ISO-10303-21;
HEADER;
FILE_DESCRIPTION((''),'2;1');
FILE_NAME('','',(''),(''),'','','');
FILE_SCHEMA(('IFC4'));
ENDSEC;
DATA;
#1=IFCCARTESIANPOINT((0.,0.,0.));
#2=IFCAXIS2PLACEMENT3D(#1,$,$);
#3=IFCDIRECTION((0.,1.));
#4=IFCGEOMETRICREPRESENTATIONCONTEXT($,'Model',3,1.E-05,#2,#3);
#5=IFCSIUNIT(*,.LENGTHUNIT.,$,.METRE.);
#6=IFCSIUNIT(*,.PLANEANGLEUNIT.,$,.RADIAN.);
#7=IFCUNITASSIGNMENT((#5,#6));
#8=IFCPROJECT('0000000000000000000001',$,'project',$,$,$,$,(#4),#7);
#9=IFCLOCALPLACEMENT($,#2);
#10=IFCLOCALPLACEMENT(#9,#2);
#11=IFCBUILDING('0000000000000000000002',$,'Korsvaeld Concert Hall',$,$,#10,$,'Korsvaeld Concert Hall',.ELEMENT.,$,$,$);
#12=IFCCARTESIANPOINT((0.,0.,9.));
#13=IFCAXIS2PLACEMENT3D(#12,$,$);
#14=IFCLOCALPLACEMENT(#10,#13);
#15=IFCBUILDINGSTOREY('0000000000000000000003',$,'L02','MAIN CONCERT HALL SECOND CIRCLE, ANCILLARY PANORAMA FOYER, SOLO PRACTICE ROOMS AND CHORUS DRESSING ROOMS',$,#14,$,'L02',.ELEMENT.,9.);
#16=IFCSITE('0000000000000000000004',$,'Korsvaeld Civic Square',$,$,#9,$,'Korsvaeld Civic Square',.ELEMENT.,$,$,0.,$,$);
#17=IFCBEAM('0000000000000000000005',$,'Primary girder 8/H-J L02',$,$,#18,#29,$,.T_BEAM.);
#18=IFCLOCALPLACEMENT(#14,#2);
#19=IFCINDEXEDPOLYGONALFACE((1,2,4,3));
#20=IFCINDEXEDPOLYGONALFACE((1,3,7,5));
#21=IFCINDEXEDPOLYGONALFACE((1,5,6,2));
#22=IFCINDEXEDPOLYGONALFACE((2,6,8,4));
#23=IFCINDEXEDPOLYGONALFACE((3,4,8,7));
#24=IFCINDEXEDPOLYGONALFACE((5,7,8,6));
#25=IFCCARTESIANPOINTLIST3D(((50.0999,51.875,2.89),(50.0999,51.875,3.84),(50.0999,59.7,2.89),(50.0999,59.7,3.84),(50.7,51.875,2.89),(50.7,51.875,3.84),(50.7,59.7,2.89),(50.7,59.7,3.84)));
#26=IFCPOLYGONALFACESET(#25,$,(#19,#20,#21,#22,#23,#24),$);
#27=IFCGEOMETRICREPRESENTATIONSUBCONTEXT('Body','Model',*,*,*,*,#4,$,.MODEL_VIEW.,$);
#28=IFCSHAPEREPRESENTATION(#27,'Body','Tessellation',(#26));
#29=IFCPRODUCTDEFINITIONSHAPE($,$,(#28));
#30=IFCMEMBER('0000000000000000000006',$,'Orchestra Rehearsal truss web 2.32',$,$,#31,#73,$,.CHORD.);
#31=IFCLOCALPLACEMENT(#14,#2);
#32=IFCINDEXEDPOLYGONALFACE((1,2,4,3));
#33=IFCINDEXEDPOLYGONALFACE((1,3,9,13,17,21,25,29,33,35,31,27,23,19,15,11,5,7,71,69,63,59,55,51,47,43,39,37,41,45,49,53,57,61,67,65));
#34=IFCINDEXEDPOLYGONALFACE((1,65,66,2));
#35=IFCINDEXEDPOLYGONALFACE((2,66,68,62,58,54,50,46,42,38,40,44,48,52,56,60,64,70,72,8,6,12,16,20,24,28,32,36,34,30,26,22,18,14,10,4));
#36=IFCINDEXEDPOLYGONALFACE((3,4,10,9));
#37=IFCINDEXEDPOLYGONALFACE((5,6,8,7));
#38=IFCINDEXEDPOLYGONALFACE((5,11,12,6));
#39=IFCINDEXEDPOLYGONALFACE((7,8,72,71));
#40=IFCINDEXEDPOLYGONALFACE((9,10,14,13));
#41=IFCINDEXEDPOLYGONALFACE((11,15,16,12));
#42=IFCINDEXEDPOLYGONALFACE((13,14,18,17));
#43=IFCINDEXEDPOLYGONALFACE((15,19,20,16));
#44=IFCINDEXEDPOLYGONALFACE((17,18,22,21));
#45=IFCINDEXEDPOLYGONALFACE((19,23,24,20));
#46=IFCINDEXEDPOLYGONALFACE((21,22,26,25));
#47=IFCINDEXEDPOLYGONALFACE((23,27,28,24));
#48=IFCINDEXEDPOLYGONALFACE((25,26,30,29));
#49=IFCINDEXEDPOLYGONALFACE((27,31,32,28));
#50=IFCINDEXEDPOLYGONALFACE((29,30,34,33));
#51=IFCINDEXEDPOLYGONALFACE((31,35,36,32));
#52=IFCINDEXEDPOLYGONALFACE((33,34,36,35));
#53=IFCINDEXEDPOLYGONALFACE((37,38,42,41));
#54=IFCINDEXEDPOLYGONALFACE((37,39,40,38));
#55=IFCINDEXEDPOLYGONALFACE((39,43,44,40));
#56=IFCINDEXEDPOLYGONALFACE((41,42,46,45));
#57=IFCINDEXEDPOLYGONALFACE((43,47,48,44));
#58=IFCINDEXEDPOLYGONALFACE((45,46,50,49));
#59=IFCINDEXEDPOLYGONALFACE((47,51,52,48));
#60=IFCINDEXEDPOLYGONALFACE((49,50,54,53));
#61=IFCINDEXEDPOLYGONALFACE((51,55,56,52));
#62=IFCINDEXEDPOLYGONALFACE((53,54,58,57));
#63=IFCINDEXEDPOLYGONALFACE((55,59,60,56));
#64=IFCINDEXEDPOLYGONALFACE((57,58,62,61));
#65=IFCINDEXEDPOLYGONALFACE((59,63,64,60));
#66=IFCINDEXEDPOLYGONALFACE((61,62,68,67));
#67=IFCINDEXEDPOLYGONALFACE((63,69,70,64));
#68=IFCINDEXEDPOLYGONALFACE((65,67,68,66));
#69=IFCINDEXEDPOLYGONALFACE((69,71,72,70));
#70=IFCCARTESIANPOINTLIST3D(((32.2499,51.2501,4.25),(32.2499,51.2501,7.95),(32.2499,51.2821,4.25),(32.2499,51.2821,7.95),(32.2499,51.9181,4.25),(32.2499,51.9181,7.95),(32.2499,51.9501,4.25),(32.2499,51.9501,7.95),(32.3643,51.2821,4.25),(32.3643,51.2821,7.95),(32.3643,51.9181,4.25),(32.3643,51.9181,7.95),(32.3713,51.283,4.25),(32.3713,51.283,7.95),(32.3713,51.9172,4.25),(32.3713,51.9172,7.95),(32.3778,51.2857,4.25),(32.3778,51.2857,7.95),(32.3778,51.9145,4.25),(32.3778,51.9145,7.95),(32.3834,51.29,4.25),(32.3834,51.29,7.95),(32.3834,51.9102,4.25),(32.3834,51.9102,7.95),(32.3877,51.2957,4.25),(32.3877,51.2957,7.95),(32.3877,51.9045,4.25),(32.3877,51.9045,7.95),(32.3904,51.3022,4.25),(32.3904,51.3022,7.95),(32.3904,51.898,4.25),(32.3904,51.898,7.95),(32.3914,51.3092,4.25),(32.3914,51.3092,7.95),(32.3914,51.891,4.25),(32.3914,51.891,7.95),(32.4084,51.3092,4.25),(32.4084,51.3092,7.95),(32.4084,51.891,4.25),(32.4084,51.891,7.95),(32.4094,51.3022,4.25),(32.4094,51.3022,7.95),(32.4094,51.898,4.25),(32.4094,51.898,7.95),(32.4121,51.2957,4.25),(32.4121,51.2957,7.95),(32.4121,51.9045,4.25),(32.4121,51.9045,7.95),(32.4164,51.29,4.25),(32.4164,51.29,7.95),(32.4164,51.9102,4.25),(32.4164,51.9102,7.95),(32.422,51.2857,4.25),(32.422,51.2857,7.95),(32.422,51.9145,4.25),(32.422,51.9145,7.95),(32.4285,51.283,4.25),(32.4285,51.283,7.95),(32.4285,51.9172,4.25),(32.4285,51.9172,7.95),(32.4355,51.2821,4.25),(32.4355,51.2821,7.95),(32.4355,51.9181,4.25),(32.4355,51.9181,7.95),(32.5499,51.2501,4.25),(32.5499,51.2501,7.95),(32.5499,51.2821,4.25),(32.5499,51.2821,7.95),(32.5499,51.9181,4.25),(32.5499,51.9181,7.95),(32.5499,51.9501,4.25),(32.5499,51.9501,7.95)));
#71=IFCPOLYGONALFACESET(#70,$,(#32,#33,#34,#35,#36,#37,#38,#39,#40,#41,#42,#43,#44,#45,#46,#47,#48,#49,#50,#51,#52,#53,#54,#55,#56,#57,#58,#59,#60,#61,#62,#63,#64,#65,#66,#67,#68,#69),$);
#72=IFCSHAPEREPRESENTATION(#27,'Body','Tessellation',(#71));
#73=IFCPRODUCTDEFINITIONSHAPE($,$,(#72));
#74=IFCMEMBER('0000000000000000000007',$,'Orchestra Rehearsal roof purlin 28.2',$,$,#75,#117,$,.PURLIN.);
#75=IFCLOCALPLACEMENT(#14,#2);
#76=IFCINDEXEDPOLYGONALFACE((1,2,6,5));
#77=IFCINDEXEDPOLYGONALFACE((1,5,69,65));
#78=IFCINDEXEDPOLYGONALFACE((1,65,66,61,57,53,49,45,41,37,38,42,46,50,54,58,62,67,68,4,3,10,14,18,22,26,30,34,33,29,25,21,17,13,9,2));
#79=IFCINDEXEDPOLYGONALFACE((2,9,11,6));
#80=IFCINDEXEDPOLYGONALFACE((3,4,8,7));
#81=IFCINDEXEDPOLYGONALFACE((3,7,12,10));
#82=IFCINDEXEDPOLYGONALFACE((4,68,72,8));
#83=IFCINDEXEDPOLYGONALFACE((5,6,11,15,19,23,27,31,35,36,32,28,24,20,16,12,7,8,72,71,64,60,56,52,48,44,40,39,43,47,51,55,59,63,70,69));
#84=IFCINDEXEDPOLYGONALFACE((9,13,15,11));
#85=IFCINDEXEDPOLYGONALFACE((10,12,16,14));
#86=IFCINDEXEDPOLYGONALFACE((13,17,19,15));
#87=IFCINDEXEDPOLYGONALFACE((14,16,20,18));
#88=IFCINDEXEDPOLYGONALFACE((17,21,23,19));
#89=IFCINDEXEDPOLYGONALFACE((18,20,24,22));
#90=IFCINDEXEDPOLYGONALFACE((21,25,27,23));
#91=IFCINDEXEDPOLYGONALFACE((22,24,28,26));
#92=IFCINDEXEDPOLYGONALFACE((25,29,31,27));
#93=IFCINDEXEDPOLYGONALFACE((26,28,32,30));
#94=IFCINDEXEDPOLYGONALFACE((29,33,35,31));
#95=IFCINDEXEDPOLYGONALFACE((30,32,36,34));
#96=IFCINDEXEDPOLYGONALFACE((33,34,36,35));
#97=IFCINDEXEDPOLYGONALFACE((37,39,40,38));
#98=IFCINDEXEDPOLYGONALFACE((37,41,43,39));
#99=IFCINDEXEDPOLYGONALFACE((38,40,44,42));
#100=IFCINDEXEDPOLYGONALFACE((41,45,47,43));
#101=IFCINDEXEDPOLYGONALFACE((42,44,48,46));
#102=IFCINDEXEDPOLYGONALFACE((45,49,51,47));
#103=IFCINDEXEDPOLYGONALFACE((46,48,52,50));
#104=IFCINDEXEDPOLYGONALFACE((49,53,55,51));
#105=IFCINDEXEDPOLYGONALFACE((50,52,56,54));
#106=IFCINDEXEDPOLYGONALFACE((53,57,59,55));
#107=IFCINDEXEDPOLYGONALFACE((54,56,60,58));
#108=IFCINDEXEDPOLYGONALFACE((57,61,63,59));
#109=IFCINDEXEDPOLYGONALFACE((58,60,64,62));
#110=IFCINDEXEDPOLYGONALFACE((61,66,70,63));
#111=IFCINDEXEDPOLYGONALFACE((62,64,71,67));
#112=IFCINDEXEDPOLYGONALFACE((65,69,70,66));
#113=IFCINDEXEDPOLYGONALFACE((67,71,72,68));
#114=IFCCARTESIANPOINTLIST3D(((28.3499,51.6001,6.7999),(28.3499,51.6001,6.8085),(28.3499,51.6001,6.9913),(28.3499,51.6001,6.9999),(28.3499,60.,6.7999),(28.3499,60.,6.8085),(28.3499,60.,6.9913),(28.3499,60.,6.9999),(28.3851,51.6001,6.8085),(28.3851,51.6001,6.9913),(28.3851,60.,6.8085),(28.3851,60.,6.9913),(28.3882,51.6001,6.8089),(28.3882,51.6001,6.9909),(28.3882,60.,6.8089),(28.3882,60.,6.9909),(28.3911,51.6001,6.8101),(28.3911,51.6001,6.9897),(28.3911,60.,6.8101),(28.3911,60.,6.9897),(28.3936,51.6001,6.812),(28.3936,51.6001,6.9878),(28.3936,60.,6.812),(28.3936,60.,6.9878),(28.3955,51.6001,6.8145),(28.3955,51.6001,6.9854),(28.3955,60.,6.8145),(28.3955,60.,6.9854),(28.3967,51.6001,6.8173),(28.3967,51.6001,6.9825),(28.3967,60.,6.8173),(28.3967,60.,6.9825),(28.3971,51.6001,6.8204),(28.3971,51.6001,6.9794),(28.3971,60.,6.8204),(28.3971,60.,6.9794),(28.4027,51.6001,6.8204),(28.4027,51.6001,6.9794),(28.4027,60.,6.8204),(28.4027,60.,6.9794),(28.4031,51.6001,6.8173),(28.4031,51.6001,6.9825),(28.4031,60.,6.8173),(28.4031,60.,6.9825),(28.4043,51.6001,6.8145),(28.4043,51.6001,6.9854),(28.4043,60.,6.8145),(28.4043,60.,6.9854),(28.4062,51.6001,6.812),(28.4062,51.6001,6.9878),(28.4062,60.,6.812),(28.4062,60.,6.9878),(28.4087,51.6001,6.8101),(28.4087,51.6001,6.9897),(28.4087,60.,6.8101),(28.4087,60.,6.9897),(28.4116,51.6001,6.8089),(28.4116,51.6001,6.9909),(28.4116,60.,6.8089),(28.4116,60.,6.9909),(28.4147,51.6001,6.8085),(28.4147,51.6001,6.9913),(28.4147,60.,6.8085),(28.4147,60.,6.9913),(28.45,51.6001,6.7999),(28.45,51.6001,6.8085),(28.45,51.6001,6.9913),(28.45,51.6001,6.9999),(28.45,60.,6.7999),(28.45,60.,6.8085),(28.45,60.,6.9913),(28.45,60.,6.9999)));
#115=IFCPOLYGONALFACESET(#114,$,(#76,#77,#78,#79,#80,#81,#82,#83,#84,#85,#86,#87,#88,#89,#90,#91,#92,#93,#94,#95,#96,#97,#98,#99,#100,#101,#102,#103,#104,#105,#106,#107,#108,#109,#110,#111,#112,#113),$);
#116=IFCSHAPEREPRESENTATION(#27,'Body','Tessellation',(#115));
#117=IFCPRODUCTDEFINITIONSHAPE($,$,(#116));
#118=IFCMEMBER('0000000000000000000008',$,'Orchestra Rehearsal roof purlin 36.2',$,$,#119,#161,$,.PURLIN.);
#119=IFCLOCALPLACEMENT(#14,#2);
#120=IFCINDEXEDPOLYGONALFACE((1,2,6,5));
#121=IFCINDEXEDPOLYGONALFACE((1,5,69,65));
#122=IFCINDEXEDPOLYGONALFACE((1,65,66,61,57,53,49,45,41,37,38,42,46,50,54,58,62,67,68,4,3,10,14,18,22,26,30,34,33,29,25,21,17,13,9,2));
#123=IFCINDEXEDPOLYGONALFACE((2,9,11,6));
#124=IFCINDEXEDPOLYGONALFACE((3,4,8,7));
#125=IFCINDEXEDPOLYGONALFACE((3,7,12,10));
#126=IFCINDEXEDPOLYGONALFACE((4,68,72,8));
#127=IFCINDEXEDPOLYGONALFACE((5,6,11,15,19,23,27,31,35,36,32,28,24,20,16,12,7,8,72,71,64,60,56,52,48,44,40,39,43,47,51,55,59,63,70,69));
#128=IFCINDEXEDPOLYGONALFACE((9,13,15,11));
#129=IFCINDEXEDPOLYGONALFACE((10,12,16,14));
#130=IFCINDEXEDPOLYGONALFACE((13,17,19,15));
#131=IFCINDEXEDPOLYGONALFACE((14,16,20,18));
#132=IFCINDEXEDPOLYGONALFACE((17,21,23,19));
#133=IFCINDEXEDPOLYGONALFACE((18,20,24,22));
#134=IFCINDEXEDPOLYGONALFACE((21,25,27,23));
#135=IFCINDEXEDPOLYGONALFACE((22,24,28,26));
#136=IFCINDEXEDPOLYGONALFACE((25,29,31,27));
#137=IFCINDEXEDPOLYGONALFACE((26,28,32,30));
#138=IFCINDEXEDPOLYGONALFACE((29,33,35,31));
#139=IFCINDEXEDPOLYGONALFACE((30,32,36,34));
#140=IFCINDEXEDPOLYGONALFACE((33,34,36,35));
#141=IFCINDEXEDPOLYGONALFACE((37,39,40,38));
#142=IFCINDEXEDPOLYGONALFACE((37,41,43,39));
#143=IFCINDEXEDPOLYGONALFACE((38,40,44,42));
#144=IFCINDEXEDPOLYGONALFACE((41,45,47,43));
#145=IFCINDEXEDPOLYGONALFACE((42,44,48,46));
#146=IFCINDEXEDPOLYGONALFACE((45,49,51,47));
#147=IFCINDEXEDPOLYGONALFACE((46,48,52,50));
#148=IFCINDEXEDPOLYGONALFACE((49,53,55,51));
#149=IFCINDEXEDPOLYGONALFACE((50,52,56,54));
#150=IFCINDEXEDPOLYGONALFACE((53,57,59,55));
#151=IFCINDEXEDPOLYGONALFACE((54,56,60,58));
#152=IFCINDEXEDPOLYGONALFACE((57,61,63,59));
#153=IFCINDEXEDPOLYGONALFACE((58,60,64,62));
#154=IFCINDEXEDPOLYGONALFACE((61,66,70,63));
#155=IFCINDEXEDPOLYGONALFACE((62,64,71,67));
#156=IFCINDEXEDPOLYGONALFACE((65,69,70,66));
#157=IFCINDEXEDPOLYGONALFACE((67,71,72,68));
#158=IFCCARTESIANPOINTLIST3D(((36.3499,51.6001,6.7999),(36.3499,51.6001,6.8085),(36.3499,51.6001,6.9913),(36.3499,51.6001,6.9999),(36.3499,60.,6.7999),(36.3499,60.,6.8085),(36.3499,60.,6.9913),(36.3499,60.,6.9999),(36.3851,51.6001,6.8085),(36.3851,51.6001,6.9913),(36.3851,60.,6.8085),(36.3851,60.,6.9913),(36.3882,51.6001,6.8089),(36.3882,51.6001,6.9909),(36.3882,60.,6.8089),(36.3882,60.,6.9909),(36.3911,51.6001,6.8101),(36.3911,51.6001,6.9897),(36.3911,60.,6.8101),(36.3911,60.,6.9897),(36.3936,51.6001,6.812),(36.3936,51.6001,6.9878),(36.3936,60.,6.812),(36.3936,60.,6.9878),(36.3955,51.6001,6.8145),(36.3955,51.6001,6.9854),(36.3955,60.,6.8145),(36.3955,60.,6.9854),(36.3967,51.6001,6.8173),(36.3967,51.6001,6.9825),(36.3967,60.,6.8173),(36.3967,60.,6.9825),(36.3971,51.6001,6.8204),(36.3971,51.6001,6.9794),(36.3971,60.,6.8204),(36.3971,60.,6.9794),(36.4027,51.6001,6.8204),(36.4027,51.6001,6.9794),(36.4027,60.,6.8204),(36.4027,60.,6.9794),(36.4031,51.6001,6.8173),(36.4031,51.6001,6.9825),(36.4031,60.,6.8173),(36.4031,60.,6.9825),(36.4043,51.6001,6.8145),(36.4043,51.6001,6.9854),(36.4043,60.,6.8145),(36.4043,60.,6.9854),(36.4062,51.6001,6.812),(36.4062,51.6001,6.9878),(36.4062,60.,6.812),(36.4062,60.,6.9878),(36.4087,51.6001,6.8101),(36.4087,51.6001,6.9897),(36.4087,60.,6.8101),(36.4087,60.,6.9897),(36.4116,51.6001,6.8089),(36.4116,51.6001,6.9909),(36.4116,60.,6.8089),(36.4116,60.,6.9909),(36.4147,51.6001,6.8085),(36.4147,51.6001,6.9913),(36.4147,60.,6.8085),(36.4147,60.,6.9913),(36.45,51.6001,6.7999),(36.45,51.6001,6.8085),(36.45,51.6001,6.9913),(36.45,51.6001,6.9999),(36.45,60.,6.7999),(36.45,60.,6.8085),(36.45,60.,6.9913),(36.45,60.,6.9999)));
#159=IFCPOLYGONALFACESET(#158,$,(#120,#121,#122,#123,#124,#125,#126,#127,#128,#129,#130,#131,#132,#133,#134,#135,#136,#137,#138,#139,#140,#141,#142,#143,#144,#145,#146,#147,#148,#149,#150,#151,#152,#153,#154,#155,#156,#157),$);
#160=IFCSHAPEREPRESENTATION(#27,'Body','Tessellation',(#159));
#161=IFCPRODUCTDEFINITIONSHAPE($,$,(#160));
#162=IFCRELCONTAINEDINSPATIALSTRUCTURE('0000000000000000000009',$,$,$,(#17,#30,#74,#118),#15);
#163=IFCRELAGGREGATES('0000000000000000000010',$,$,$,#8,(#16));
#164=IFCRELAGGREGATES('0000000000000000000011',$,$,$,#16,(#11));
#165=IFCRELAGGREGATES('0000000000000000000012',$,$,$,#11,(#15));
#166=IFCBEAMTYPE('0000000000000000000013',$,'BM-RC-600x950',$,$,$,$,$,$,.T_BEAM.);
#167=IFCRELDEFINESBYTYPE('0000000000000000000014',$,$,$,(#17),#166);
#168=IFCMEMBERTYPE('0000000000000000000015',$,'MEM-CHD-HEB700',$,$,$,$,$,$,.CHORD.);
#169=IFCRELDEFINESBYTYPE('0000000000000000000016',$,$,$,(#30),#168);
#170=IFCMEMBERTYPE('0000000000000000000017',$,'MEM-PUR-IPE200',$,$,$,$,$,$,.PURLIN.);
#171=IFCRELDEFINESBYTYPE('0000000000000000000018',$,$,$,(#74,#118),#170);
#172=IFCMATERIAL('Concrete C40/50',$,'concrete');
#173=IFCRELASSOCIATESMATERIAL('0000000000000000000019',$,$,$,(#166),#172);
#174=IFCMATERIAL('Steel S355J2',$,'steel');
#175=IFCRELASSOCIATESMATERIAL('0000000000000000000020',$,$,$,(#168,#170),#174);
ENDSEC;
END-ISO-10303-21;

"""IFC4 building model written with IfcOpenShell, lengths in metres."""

from ifc_helpers import new_model, si_unit, direction, frame, origin, origin_2d, place, context, subcontext, project, spatial, rectangle, i_section, extrude, material, material_profile, profile_set, type_object, element, save


model = new_model("IFC4")

# Units and contexts
model_context = context("Model", 3, precision=1e-05, world=origin(), true_north=direction((0.0, 1.0)))
body_context = subcontext(model_context, "Body", "Model", "MODEL_VIEW")
ifc_project = project(units=[si_unit("LENGTHUNIT", "METRE"), si_unit("PLANEANGLEUNIT", "RADIAN")], contexts=[model_context])

# Site, building, storey
site_placement = place(None, origin())
site = spatial("IfcSite", under=ifc_project, at=site_placement, Name="Korsvaeld Civic Square", LongName="Korsvaeld Civic Square", CompositionType="ELEMENT", RefElevation=0.0)
building_placement = place(site_placement, origin())
building = spatial("IfcBuilding", under=site, at=building_placement, Name="Korsvaeld Concert Hall", LongName="Korsvaeld Concert Hall", CompositionType="ELEMENT")
storey_placement = place(building_placement, frame((0.0, 0.0, 9.0)))
storey = spatial("IfcBuildingStorey", under=building, at=storey_placement, Name="L02", Description="MAIN CONCERT HALL SECOND CIRCLE, ANCILLARY PANORAMA FOYER, SOLO PRACTICE ROOMS AND CHORUS DRESSING ROOMS", LongName="L02", CompositionType="ELEMENT", Elevation=9.0)

# Shared definitions
ifc_material_1 = material(Name="Concrete C40/50", Category="concrete")

# Beam
ifc_material_profile_1 = material_profile(ifc_material_1, rectangle(XDim=0.6001, YDim=0.95, at=origin_2d()), Name="RC 600x950")
ifc_profile_set_1 = profile_set([ifc_material_profile_1], Name="Concrete C40/50")
beam_type_1 = type_object("IfcBeamType", Name="BM-RC-600x950", PredefinedType="T_BEAM", material=ifc_profile_set_1)
beam_1_placement = place(storey_placement, frame((50.3999, 51.875, 3.365), z_axis=(0.0, 1.0, 0.0), x_axis=(-1.0, 0.0, 0.0)))
element("IfcBeam", 1, at=beam_1_placement, inside=storey, type_object=beam_type_1, Name="Primary girder 8/H-J L02", PredefinedType="T_BEAM", context=body_context, shape_type="SweptSolid", body=[
    extrude(rectangle(XDim=0.6001, YDim=0.95, at=origin_2d()), origin(), (0.0, 0.0, 1.0), 7.825),
])

# Members
ifc_material_2 = material(Name="Steel S355J2", Category="steel")
ifc_material_profile_2 = material_profile(ifc_material_2, i_section(OverallWidth=0.3, OverallDepth=0.7, WebThickness=0.0171, FlangeThickness=0.032, FilletRadius=0.0271, at=origin_2d()), Name="HEB 700")
ifc_profile_set_2 = profile_set([ifc_material_profile_2], Name="Steel S355J2")
member_type_1 = type_object("IfcMemberType", Name="MEM-CHD-HEB700", PredefinedType="CHORD", material=ifc_profile_set_2)
member_1_placement = place(storey_placement, frame((32.3999, 51.6001, 4.25), z_axis=(0.0, 0.0, 1.0), x_axis=(1.0, 0.0, 0.0)))
element("IfcMember", 2, at=member_1_placement, inside=storey, type_object=member_type_1, Name="Orchestra Rehearsal truss web 2.32", PredefinedType="CHORD", context=body_context, shape_type="SweptSolid", body=[
    extrude(i_section(OverallWidth=0.3, OverallDepth=0.7, WebThickness=0.0171, FlangeThickness=0.032, FilletRadius=0.0271, at=origin_2d()), origin(), (0.0, 0.0, 1.0), 3.7),
])
ifc_material_profile_3 = material_profile(ifc_material_2, i_section(OverallWidth=0.1001, OverallDepth=0.2, WebThickness=0.0056, FlangeThickness=0.0085, FilletRadius=0.012, at=origin_2d()), Name="IPE 200")
ifc_profile_set_3 = profile_set([ifc_material_profile_3], Name="Steel S355J2")
member_type_2 = type_object("IfcMemberType", Name="MEM-PUR-IPE200", PredefinedType="PURLIN", material=ifc_profile_set_3)
for number, where, z_axis, x_axis, name in (
    (3, (28.3999, 51.6001, 6.8999), (0.0, 1.0, 0.0), (-1.0, 0.0, 0.0), "Orchestra Rehearsal roof purlin 28.2"),
    (4, (36.3999, 51.6001, 6.8999), (0.0, 1.0, 0.0), (-1.0, 0.0, 0.0), "Orchestra Rehearsal roof purlin 36.2"),
):
    element("IfcMember", number, at=place(storey_placement, frame(where, z_axis=z_axis, x_axis=x_axis)), inside=storey, type_object=member_type_2, Name=name, PredefinedType="PURLIN", context=body_context, shape_type="SweptSolid", body=[
        extrude(i_section(OverallWidth=0.1001, OverallDepth=0.2, WebThickness=0.0056, FlangeThickness=0.0085, FilletRadius=0.012, at=origin_2d()), origin(), (0.0, 0.0, 1.0), 8.3999),
    ])

save(model, "model.ifc")
